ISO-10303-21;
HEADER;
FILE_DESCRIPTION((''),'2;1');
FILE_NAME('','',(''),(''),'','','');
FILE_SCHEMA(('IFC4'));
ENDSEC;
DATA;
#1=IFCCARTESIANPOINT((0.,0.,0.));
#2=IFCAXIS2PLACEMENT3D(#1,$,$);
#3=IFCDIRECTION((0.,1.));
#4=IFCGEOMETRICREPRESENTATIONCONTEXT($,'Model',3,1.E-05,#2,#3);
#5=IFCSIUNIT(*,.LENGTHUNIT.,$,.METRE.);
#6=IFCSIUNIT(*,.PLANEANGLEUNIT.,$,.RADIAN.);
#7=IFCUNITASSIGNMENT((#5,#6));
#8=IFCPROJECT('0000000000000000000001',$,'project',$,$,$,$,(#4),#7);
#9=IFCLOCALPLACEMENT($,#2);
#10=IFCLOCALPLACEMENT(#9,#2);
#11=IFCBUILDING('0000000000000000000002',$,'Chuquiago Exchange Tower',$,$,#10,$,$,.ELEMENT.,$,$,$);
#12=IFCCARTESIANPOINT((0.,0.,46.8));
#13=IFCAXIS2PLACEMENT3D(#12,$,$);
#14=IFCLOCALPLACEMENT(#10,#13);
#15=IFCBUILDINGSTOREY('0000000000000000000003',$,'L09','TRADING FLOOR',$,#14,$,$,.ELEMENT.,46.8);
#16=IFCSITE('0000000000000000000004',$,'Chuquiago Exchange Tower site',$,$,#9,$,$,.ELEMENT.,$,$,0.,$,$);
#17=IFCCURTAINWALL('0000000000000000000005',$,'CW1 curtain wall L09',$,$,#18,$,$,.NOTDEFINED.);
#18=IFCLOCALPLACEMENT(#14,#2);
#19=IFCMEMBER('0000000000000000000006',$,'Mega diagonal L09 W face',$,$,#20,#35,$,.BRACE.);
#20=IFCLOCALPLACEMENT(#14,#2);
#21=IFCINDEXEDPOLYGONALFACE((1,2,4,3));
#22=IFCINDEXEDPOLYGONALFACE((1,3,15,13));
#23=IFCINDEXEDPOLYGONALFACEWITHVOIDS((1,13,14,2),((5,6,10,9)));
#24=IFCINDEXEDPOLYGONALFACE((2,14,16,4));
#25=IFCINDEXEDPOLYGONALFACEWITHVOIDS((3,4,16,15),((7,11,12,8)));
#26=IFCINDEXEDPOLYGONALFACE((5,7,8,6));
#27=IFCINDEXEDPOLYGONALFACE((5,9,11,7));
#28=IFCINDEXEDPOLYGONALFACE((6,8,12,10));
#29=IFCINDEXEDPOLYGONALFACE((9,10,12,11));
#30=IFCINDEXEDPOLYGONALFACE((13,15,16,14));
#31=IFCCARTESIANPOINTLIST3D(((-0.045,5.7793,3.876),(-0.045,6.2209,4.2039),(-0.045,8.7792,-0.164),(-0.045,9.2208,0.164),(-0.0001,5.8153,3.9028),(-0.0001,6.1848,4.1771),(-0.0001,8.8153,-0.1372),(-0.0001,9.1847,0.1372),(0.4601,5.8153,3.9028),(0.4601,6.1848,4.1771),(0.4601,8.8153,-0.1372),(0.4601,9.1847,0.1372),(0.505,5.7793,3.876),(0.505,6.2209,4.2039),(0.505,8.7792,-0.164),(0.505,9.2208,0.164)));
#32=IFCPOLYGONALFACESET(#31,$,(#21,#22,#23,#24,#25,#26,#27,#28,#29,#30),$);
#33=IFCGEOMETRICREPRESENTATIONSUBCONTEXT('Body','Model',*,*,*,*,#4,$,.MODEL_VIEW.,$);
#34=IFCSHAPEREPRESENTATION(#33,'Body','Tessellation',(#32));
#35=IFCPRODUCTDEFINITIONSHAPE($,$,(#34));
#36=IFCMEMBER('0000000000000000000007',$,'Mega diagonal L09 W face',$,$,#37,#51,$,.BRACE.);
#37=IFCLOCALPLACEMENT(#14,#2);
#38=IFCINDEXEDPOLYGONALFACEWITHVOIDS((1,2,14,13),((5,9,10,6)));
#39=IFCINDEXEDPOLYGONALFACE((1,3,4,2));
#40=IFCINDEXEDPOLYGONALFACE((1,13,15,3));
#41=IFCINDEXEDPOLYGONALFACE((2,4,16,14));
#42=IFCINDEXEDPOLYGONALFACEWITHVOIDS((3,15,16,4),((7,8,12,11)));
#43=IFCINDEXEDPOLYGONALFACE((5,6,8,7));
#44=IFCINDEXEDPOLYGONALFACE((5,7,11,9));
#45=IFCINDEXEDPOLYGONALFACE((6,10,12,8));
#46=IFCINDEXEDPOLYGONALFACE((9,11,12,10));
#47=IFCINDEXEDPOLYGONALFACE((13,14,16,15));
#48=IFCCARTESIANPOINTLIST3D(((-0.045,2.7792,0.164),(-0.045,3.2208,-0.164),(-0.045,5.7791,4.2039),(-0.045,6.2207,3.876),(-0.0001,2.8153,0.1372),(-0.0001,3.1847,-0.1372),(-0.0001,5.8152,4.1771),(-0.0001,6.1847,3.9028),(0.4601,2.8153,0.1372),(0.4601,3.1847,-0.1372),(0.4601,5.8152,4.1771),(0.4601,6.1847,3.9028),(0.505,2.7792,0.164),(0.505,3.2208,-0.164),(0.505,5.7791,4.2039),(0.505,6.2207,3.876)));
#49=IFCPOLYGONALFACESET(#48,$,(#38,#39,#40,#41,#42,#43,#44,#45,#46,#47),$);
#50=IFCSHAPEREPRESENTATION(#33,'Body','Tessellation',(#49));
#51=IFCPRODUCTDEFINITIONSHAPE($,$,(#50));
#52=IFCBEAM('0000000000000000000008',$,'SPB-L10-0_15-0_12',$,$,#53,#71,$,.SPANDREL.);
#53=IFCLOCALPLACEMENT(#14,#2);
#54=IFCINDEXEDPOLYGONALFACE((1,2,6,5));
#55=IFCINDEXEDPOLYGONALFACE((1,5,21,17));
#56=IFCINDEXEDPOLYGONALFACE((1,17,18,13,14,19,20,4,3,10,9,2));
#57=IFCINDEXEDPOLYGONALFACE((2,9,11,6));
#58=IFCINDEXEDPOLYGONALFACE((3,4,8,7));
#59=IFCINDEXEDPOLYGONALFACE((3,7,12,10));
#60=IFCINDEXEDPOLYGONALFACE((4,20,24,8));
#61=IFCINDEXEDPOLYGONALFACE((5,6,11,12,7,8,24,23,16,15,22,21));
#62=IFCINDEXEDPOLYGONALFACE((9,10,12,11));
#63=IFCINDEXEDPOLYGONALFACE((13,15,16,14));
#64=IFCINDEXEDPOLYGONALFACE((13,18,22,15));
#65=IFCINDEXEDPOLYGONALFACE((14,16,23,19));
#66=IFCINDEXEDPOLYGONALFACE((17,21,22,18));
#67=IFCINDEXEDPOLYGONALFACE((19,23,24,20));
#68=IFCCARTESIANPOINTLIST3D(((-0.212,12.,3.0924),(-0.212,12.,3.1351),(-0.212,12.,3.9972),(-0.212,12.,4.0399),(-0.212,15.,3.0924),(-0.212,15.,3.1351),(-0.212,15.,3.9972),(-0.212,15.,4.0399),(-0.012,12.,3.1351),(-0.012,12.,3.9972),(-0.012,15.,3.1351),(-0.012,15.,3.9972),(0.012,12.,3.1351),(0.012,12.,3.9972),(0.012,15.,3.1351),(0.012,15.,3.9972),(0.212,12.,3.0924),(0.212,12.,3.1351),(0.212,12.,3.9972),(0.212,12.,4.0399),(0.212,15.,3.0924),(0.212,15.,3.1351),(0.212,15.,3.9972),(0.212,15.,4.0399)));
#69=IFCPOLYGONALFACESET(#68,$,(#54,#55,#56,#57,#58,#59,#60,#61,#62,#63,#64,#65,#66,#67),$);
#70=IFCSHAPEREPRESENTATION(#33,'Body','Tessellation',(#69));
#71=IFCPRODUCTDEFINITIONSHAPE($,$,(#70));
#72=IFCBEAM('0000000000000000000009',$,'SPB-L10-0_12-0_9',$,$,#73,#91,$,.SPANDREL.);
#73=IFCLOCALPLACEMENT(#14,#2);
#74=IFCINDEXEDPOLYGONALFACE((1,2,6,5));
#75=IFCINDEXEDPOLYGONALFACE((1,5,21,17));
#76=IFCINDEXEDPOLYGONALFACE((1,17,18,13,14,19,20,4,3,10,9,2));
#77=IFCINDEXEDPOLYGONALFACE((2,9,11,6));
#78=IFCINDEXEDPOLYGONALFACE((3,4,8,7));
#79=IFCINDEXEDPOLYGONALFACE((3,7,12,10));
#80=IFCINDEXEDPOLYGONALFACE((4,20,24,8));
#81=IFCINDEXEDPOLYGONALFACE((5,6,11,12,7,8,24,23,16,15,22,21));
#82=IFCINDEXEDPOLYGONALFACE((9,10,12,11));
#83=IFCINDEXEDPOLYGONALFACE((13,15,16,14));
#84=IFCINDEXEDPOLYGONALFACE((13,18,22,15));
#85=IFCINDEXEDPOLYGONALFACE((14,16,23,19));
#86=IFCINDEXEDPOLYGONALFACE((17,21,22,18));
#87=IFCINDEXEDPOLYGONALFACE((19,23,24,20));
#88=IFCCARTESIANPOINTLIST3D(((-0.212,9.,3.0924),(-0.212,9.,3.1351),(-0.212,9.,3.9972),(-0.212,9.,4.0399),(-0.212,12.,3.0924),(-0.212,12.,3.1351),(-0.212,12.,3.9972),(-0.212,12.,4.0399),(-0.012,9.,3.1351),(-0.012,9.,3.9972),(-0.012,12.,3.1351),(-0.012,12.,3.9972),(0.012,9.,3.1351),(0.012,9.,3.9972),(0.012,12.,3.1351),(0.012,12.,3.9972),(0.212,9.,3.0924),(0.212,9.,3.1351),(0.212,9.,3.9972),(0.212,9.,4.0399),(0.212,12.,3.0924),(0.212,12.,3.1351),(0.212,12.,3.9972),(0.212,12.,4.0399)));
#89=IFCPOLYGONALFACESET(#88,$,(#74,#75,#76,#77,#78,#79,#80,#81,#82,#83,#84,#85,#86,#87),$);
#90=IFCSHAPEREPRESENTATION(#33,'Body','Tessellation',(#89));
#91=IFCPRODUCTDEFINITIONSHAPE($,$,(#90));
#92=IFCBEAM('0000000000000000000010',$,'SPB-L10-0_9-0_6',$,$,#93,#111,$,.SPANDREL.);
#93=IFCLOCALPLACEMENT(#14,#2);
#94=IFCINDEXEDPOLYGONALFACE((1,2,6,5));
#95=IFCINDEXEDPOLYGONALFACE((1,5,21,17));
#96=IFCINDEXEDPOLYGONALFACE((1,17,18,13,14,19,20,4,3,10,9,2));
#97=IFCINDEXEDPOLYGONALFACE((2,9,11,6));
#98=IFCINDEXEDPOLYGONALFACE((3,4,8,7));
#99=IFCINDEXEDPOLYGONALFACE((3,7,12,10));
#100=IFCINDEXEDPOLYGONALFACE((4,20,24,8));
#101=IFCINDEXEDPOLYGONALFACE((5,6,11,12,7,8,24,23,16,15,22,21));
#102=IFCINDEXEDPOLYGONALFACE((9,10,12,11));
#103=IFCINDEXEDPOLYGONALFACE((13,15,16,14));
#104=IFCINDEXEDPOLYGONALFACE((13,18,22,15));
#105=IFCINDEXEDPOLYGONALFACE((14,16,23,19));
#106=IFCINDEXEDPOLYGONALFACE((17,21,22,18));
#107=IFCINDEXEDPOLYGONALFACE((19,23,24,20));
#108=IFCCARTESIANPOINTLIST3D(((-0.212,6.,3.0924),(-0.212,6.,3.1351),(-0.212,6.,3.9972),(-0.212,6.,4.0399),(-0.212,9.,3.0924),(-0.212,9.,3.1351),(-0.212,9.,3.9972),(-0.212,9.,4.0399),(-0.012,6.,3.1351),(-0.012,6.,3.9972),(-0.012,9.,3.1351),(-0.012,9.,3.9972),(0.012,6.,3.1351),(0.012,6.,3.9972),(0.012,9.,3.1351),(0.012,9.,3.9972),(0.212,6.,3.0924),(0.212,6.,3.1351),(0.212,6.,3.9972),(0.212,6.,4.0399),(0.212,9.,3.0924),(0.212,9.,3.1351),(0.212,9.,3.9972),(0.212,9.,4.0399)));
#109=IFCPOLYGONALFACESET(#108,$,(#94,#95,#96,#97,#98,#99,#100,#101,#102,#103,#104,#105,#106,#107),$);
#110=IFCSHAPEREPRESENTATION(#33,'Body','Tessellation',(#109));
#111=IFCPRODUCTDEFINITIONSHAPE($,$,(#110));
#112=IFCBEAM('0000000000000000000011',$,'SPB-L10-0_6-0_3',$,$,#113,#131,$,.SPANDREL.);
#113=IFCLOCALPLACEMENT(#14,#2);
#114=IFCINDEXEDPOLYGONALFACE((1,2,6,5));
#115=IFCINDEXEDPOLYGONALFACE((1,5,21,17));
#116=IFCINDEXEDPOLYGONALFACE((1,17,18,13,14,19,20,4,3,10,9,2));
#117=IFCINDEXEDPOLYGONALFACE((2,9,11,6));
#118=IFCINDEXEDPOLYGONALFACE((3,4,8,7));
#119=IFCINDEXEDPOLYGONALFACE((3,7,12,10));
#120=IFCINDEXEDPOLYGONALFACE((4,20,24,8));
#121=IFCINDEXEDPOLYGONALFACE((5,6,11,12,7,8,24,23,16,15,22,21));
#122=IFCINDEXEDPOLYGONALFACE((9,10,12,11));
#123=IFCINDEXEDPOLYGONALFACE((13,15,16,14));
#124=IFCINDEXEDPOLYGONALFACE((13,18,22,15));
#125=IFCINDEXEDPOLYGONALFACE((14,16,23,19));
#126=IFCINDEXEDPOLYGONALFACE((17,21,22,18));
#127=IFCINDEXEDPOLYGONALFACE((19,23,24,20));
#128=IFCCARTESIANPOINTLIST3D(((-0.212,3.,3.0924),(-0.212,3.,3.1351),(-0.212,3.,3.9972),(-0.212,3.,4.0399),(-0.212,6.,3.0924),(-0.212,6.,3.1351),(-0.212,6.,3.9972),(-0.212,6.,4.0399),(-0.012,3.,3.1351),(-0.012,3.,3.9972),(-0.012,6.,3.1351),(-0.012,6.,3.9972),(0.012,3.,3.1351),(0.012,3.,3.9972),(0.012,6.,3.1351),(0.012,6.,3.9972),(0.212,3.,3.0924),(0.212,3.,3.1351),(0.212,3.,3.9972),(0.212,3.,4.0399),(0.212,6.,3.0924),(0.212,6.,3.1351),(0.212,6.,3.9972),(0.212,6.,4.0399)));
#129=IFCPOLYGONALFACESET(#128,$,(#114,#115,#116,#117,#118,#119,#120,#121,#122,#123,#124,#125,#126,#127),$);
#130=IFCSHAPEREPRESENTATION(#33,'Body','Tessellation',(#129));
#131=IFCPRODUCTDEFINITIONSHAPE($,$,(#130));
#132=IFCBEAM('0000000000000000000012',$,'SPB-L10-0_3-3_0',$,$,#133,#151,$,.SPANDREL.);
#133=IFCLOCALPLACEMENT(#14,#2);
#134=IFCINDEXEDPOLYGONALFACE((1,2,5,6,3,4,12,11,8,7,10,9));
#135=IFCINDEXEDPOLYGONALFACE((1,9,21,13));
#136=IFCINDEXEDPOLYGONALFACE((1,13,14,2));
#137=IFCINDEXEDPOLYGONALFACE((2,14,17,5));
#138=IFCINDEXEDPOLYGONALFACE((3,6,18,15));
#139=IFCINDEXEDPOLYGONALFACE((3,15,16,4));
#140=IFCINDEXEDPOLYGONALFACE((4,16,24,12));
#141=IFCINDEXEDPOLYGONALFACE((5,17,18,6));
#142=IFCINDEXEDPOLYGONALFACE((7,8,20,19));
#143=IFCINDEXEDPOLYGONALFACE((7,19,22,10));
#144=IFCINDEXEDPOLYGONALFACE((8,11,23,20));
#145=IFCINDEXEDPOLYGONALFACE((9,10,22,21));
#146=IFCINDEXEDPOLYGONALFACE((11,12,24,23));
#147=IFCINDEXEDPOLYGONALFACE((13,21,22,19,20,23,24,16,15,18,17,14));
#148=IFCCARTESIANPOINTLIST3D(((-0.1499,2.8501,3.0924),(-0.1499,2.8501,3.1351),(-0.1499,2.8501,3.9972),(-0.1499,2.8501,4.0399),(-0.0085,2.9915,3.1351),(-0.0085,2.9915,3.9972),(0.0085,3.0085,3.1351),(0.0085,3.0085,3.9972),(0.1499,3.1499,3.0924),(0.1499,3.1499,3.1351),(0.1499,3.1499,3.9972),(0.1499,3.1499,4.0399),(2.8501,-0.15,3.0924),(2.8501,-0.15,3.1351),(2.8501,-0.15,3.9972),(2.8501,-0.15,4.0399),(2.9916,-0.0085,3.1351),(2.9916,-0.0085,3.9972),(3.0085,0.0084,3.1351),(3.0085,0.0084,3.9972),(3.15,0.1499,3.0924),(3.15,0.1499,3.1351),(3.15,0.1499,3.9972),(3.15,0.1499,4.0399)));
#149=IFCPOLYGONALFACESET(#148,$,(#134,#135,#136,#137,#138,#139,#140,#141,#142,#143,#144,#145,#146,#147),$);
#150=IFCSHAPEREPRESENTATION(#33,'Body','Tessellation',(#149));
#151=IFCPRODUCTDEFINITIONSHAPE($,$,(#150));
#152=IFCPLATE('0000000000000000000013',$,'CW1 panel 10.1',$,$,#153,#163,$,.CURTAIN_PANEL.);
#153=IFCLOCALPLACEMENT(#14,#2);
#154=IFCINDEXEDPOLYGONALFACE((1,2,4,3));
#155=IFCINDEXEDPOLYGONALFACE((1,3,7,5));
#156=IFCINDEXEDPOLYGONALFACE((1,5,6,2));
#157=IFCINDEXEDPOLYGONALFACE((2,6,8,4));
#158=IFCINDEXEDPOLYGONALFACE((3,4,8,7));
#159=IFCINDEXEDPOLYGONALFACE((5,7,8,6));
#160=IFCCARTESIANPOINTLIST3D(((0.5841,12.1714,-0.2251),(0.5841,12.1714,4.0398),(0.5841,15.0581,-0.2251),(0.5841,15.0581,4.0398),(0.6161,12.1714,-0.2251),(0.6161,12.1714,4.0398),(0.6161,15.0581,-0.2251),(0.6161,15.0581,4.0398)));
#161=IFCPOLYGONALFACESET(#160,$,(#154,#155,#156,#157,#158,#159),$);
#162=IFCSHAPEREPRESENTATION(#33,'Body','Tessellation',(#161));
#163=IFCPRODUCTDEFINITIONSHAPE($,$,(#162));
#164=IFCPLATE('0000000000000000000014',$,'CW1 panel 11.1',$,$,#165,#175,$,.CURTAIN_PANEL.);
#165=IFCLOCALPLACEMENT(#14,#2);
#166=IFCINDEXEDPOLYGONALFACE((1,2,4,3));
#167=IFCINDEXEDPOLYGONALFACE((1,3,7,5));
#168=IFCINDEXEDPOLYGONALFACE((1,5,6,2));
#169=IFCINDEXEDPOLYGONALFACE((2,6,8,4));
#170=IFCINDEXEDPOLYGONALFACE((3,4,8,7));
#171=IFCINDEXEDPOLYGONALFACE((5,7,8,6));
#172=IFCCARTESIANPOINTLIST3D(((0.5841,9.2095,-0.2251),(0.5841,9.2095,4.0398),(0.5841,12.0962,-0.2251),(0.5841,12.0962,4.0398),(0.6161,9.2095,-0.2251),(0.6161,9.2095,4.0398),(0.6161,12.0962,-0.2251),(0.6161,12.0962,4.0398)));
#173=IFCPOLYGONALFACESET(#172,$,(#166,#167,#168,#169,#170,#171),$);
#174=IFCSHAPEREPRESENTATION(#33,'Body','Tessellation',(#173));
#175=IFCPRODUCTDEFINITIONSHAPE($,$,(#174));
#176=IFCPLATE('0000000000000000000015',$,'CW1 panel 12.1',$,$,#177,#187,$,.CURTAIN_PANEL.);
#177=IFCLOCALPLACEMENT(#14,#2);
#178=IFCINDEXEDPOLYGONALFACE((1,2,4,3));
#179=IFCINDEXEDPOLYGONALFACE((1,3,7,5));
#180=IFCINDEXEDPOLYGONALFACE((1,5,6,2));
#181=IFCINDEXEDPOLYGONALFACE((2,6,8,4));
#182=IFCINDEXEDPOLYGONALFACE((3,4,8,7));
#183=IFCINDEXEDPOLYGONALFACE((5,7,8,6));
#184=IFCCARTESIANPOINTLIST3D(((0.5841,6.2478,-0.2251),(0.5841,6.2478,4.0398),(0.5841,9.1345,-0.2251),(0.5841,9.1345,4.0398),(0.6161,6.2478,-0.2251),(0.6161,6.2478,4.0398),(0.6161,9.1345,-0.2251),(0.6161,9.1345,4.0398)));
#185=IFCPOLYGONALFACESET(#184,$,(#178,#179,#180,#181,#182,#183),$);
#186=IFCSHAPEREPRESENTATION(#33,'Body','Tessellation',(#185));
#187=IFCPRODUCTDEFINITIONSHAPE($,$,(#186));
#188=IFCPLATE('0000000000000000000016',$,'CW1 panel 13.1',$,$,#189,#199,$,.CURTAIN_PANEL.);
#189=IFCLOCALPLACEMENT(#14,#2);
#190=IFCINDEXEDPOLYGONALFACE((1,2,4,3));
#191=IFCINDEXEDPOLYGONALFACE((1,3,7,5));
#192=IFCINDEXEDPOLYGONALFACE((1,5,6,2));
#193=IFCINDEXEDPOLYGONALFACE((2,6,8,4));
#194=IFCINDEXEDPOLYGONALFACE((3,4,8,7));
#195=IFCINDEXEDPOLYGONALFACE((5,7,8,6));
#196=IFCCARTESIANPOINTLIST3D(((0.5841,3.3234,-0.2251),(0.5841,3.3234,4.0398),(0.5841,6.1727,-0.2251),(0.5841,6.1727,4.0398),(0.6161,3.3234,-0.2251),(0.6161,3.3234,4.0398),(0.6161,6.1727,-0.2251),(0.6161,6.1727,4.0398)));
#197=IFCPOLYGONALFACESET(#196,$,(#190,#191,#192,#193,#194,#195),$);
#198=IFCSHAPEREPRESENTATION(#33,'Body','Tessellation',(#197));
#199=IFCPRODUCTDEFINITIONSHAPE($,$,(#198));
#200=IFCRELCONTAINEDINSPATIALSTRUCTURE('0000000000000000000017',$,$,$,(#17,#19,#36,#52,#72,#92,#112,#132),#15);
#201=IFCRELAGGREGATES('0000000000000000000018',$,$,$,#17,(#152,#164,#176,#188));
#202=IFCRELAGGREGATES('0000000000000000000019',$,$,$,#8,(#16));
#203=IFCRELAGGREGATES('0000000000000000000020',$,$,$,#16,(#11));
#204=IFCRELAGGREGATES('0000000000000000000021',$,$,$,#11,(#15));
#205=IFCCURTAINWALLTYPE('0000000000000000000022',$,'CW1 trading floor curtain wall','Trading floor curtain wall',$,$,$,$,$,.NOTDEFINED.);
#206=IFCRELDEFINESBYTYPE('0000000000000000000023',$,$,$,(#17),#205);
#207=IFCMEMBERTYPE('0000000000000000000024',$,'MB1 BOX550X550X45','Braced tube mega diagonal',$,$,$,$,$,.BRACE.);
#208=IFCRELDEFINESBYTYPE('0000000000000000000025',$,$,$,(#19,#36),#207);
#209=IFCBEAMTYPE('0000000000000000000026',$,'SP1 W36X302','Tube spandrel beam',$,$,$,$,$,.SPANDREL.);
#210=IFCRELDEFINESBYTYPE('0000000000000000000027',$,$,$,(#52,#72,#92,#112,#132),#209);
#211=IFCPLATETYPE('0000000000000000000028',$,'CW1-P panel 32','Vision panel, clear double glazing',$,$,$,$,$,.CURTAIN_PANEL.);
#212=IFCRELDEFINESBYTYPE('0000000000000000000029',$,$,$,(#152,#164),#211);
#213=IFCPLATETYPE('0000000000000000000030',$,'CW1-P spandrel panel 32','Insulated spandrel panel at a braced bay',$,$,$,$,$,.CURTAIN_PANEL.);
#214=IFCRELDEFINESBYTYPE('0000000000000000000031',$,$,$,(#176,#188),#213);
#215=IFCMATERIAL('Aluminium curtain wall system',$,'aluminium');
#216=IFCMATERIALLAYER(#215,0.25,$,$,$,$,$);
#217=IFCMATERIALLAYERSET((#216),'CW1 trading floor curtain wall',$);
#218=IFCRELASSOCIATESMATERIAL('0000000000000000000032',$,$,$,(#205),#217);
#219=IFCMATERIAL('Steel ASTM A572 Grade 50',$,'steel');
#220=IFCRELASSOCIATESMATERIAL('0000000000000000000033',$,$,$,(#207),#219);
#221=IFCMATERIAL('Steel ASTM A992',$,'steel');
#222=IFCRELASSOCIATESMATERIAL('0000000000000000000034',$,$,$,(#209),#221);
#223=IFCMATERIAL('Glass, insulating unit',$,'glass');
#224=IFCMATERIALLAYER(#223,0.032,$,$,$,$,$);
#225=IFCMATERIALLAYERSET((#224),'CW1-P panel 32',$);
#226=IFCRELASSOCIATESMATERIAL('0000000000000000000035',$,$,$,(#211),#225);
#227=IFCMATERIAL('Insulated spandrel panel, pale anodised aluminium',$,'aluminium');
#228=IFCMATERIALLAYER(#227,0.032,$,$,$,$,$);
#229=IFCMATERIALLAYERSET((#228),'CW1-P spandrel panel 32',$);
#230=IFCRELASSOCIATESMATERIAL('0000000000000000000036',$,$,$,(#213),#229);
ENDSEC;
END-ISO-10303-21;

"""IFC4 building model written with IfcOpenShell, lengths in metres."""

from ifc_helpers import new_model, si_unit, direction, frame, origin, origin_2d, place, context, subcontext, project, spatial, rectangle, hollow_rectangle, i_section, extrude, material, layer, layer_set, material_profile, profile_set, type_object, element, aggregate, save


model = new_model("IFC4")

# Units and contexts
model_context = context("Model", 3, precision=1e-05, world=origin(), true_north=direction((0.0, 1.0)))
body_context = subcontext(model_context, "Body", "Model", "MODEL_VIEW")
ifc_project = project(units=[si_unit("LENGTHUNIT", "METRE"), si_unit("PLANEANGLEUNIT", "RADIAN")], contexts=[model_context])

# Site, building, storey
site_placement = place(None, origin())
site = spatial("IfcSite", under=ifc_project, at=site_placement, Name="Chuquiago Exchange Tower site", CompositionType="ELEMENT", RefElevation=0.0)
building_placement = place(site_placement, origin())
building = spatial("IfcBuilding", under=site, at=building_placement, Name="Chuquiago Exchange Tower", CompositionType="ELEMENT")
storey_placement = place(building_placement, frame((0.0, 0.0, 46.8)))
storey = spatial("IfcBuildingStorey", under=building, at=storey_placement, Name="L09", Description="TRADING FLOOR", CompositionType="ELEMENT", Elevation=46.8)

# Curtain wall
ifc_material_1 = material(Name="Aluminium curtain wall system", Category="aluminium")
ifc_layer_1 = layer(ifc_material_1, 0.25)
ifc_layer_set_1 = layer_set([ifc_layer_1], Name="CW1 trading floor curtain wall")
curtain_wall_type = type_object("IfcCurtainWallType", Name="CW1 trading floor curtain wall", Description="Trading floor curtain wall", PredefinedType="NOTDEFINED", material=ifc_layer_set_1)
curtain_wall_placement = place(storey_placement, origin())
curtain_wall = element("IfcCurtainWall", 1, at=curtain_wall_placement, inside=storey, type_object=curtain_wall_type, Name="CW1 curtain wall L09", PredefinedType="NOTDEFINED")

# Members
ifc_material_2 = material(Name="Steel ASTM A572 Grade 50", Category="steel")
ifc_material_profile_1 = material_profile(ifc_material_2, hollow_rectangle(XDim=0.55, YDim=0.55, WallThickness=0.0449, at=origin_2d()), Name="BOX550X550X45")
ifc_profile_set_1 = profile_set([ifc_material_profile_1], Name="Steel ASTM A572 Grade 50")
member_type_1 = type_object("IfcMemberType", Name="MB1 BOX550X550X45", Description="Braced tube mega diagonal", PredefinedType="BRACE", material=ifc_profile_set_1)
for number, where, z_axis, x_axis, name in (
    (2, (0.23, 9.0, 0.0), (0.0, -0.596174, 0.802855), (1.0, 0.0, 0.0), "Mega diagonal L09 W face"),
    (3, (0.23, 3.0, 0.0), (0.0, 0.596174, 0.802855), (-1.0, 0.0, 0.0), "Mega diagonal L09 W face"),
):
    element("IfcMember", number, at=place(storey_placement, frame(where, z_axis=z_axis, x_axis=x_axis)), inside=storey, type_object=member_type_1, Name=name, PredefinedType="BRACE", context=body_context, shape_type="SweptSolid", body=[
        extrude(hollow_rectangle(XDim=0.55, YDim=0.55, WallThickness=0.0449, at=origin_2d()), origin(), (0.0, 0.0, 1.0), 5.032),
    ])

# Beams
ifc_material_3 = material(Name="Steel ASTM A992", Category="steel")
ifc_material_profile_2 = material_profile(ifc_material_3, i_section(OverallWidth=0.4241, OverallDepth=0.9475, WebThickness=0.0239, FlangeThickness=0.0427, at=origin_2d()), Name="W36X302")
ifc_profile_set_2 = profile_set([ifc_material_profile_2], Name="Steel ASTM A992")
beam_type = type_object("IfcBeamType", Name="SP1 W36X302", Description="Tube spandrel beam", PredefinedType="SPANDREL", material=ifc_profile_set_2)
for number, where, z_axis, x_axis, name in (
    (4, (0.0, 15.0, 3.5662), (0.0, -1.0, 0.0), (1.0, 0.0, 0.0), "SPB-L10-0_15-0_12"),
    (5, (0.0, 12.0, 3.5662), (0.0, -1.0, 0.0), (1.0, 0.0, 0.0), "SPB-L10-0_12-0_9"),
    (6, (0.0, 9.0, 3.5662), (0.0, -1.0, 0.0), (1.0, 0.0, 0.0), "SPB-L10-0_9-0_6"),
    (7, (0.0, 6.0, 3.5662), (0.0, -1.0, 0.0), (1.0, 0.0, 0.0), "SPB-L10-0_6-0_3"),
):
    element("IfcBeam", number, at=place(storey_placement, frame(where, z_axis=z_axis, x_axis=x_axis)), inside=storey, type_object=beam_type, Name=name, PredefinedType="SPANDREL", context=body_context, shape_type="SweptSolid", body=[
        extrude(i_section(OverallWidth=0.4241, OverallDepth=0.9475, WebThickness=0.0239, FlangeThickness=0.0427, at=origin_2d()), origin(), (0.0, 0.0, 1.0), 3.0),
    ])
beam_placement = place(storey_placement, frame((0.0, 3.0, 3.5662), z_axis=(0.707107, -0.707107, 0.0), x_axis=(0.707107, 0.707107, 0.0)))
element("IfcBeam", 8, at=beam_placement, inside=storey, type_object=beam_type, Name="SPB-L10-0_3-3_0", PredefinedType="SPANDREL", context=body_context, shape_type="SweptSolid", body=[
    extrude(i_section(OverallWidth=0.4241, OverallDepth=0.9475, WebThickness=0.0239, FlangeThickness=0.0427, at=origin_2d()), origin(), (0.0, 0.0, 1.0), 4.2427),
])

# Plates
ifc_material_4 = material(Name="Glass, insulating unit", Category="glass")
ifc_layer_2 = layer(ifc_material_4, 0.032)
ifc_layer_set_2 = layer_set([ifc_layer_2], Name="CW1-P panel 32")
plate_type_1 = type_object("IfcPlateType", Name="CW1-P panel 32", Description="Vision panel, clear double glazing", PredefinedType="CURTAIN_PANEL", material=ifc_layer_set_2)
plate_1_placement = place(storey_placement, frame((0.6001, 13.6147, -0.2251), z_axis=(0.0, 0.0, 1.0), x_axis=(0.0, -1.0, 0.0)))
plate_1 = element("IfcPlate", 9, at=plate_1_placement, type_object=plate_type_1, Name="CW1 panel 10.1", PredefinedType="CURTAIN_PANEL", context=body_context, shape_type="SweptSolid", body=[
    extrude(rectangle(XDim=2.8867, YDim=0.032, at=origin_2d()), origin(), (0.0, 0.0, 1.0), 4.2649),
])
plate_2_placement = place(storey_placement, frame((0.6001, 10.6528, -0.2251), z_axis=(0.0, 0.0, 1.0), x_axis=(0.0, -1.0, 0.0)))
plate_2 = element("IfcPlate", 10, at=plate_2_placement, type_object=plate_type_1, Name="CW1 panel 11.1", PredefinedType="CURTAIN_PANEL", context=body_context, shape_type="SweptSolid", body=[
    extrude(rectangle(XDim=2.8867, YDim=0.032, at=origin_2d()), origin(), (0.0, 0.0, 1.0), 4.2649),
])
ifc_material_5 = material(Name="Insulated spandrel panel, pale anodised aluminium", Category="aluminium")
ifc_layer_3 = layer(ifc_material_5, 0.032)
ifc_layer_set_3 = layer_set([ifc_layer_3], Name="CW1-P spandrel panel 32")
plate_type_2 = type_object("IfcPlateType", Name="CW1-P spandrel panel 32", Description="Insulated spandrel panel at a braced bay", PredefinedType="CURTAIN_PANEL", material=ifc_layer_set_3)
plate_3_placement = place(storey_placement, frame((0.6001, 7.6912, -0.2251), z_axis=(0.0, 0.0, 1.0), x_axis=(0.0, -1.0, 0.0)))
plate_3 = element("IfcPlate", 11, at=plate_3_placement, type_object=plate_type_2, Name="CW1 panel 12.1", PredefinedType="CURTAIN_PANEL", context=body_context, shape_type="SweptSolid", body=[
    extrude(rectangle(XDim=2.8867, YDim=0.032, at=origin_2d()), origin(), (0.0, 0.0, 1.0), 4.2649),
])
plate_4_placement = place(storey_placement, frame((0.6001, 4.748, -0.2251), z_axis=(0.0, 0.0, 1.0), x_axis=(0.0, -1.0, 0.0)))
plate_4 = element("IfcPlate", 12, at=plate_4_placement, type_object=plate_type_2, Name="CW1 panel 13.1", PredefinedType="CURTAIN_PANEL", context=body_context, shape_type="SweptSolid", body=[
    extrude(rectangle(XDim=2.8494, YDim=0.032, at=origin_2d()), origin(), (0.0, 0.0, 1.0), 4.2649),
])
aggregate(curtain_wall, [plate_1, plate_2, plate_3, plate_4])

save(model, "model.ifc")
